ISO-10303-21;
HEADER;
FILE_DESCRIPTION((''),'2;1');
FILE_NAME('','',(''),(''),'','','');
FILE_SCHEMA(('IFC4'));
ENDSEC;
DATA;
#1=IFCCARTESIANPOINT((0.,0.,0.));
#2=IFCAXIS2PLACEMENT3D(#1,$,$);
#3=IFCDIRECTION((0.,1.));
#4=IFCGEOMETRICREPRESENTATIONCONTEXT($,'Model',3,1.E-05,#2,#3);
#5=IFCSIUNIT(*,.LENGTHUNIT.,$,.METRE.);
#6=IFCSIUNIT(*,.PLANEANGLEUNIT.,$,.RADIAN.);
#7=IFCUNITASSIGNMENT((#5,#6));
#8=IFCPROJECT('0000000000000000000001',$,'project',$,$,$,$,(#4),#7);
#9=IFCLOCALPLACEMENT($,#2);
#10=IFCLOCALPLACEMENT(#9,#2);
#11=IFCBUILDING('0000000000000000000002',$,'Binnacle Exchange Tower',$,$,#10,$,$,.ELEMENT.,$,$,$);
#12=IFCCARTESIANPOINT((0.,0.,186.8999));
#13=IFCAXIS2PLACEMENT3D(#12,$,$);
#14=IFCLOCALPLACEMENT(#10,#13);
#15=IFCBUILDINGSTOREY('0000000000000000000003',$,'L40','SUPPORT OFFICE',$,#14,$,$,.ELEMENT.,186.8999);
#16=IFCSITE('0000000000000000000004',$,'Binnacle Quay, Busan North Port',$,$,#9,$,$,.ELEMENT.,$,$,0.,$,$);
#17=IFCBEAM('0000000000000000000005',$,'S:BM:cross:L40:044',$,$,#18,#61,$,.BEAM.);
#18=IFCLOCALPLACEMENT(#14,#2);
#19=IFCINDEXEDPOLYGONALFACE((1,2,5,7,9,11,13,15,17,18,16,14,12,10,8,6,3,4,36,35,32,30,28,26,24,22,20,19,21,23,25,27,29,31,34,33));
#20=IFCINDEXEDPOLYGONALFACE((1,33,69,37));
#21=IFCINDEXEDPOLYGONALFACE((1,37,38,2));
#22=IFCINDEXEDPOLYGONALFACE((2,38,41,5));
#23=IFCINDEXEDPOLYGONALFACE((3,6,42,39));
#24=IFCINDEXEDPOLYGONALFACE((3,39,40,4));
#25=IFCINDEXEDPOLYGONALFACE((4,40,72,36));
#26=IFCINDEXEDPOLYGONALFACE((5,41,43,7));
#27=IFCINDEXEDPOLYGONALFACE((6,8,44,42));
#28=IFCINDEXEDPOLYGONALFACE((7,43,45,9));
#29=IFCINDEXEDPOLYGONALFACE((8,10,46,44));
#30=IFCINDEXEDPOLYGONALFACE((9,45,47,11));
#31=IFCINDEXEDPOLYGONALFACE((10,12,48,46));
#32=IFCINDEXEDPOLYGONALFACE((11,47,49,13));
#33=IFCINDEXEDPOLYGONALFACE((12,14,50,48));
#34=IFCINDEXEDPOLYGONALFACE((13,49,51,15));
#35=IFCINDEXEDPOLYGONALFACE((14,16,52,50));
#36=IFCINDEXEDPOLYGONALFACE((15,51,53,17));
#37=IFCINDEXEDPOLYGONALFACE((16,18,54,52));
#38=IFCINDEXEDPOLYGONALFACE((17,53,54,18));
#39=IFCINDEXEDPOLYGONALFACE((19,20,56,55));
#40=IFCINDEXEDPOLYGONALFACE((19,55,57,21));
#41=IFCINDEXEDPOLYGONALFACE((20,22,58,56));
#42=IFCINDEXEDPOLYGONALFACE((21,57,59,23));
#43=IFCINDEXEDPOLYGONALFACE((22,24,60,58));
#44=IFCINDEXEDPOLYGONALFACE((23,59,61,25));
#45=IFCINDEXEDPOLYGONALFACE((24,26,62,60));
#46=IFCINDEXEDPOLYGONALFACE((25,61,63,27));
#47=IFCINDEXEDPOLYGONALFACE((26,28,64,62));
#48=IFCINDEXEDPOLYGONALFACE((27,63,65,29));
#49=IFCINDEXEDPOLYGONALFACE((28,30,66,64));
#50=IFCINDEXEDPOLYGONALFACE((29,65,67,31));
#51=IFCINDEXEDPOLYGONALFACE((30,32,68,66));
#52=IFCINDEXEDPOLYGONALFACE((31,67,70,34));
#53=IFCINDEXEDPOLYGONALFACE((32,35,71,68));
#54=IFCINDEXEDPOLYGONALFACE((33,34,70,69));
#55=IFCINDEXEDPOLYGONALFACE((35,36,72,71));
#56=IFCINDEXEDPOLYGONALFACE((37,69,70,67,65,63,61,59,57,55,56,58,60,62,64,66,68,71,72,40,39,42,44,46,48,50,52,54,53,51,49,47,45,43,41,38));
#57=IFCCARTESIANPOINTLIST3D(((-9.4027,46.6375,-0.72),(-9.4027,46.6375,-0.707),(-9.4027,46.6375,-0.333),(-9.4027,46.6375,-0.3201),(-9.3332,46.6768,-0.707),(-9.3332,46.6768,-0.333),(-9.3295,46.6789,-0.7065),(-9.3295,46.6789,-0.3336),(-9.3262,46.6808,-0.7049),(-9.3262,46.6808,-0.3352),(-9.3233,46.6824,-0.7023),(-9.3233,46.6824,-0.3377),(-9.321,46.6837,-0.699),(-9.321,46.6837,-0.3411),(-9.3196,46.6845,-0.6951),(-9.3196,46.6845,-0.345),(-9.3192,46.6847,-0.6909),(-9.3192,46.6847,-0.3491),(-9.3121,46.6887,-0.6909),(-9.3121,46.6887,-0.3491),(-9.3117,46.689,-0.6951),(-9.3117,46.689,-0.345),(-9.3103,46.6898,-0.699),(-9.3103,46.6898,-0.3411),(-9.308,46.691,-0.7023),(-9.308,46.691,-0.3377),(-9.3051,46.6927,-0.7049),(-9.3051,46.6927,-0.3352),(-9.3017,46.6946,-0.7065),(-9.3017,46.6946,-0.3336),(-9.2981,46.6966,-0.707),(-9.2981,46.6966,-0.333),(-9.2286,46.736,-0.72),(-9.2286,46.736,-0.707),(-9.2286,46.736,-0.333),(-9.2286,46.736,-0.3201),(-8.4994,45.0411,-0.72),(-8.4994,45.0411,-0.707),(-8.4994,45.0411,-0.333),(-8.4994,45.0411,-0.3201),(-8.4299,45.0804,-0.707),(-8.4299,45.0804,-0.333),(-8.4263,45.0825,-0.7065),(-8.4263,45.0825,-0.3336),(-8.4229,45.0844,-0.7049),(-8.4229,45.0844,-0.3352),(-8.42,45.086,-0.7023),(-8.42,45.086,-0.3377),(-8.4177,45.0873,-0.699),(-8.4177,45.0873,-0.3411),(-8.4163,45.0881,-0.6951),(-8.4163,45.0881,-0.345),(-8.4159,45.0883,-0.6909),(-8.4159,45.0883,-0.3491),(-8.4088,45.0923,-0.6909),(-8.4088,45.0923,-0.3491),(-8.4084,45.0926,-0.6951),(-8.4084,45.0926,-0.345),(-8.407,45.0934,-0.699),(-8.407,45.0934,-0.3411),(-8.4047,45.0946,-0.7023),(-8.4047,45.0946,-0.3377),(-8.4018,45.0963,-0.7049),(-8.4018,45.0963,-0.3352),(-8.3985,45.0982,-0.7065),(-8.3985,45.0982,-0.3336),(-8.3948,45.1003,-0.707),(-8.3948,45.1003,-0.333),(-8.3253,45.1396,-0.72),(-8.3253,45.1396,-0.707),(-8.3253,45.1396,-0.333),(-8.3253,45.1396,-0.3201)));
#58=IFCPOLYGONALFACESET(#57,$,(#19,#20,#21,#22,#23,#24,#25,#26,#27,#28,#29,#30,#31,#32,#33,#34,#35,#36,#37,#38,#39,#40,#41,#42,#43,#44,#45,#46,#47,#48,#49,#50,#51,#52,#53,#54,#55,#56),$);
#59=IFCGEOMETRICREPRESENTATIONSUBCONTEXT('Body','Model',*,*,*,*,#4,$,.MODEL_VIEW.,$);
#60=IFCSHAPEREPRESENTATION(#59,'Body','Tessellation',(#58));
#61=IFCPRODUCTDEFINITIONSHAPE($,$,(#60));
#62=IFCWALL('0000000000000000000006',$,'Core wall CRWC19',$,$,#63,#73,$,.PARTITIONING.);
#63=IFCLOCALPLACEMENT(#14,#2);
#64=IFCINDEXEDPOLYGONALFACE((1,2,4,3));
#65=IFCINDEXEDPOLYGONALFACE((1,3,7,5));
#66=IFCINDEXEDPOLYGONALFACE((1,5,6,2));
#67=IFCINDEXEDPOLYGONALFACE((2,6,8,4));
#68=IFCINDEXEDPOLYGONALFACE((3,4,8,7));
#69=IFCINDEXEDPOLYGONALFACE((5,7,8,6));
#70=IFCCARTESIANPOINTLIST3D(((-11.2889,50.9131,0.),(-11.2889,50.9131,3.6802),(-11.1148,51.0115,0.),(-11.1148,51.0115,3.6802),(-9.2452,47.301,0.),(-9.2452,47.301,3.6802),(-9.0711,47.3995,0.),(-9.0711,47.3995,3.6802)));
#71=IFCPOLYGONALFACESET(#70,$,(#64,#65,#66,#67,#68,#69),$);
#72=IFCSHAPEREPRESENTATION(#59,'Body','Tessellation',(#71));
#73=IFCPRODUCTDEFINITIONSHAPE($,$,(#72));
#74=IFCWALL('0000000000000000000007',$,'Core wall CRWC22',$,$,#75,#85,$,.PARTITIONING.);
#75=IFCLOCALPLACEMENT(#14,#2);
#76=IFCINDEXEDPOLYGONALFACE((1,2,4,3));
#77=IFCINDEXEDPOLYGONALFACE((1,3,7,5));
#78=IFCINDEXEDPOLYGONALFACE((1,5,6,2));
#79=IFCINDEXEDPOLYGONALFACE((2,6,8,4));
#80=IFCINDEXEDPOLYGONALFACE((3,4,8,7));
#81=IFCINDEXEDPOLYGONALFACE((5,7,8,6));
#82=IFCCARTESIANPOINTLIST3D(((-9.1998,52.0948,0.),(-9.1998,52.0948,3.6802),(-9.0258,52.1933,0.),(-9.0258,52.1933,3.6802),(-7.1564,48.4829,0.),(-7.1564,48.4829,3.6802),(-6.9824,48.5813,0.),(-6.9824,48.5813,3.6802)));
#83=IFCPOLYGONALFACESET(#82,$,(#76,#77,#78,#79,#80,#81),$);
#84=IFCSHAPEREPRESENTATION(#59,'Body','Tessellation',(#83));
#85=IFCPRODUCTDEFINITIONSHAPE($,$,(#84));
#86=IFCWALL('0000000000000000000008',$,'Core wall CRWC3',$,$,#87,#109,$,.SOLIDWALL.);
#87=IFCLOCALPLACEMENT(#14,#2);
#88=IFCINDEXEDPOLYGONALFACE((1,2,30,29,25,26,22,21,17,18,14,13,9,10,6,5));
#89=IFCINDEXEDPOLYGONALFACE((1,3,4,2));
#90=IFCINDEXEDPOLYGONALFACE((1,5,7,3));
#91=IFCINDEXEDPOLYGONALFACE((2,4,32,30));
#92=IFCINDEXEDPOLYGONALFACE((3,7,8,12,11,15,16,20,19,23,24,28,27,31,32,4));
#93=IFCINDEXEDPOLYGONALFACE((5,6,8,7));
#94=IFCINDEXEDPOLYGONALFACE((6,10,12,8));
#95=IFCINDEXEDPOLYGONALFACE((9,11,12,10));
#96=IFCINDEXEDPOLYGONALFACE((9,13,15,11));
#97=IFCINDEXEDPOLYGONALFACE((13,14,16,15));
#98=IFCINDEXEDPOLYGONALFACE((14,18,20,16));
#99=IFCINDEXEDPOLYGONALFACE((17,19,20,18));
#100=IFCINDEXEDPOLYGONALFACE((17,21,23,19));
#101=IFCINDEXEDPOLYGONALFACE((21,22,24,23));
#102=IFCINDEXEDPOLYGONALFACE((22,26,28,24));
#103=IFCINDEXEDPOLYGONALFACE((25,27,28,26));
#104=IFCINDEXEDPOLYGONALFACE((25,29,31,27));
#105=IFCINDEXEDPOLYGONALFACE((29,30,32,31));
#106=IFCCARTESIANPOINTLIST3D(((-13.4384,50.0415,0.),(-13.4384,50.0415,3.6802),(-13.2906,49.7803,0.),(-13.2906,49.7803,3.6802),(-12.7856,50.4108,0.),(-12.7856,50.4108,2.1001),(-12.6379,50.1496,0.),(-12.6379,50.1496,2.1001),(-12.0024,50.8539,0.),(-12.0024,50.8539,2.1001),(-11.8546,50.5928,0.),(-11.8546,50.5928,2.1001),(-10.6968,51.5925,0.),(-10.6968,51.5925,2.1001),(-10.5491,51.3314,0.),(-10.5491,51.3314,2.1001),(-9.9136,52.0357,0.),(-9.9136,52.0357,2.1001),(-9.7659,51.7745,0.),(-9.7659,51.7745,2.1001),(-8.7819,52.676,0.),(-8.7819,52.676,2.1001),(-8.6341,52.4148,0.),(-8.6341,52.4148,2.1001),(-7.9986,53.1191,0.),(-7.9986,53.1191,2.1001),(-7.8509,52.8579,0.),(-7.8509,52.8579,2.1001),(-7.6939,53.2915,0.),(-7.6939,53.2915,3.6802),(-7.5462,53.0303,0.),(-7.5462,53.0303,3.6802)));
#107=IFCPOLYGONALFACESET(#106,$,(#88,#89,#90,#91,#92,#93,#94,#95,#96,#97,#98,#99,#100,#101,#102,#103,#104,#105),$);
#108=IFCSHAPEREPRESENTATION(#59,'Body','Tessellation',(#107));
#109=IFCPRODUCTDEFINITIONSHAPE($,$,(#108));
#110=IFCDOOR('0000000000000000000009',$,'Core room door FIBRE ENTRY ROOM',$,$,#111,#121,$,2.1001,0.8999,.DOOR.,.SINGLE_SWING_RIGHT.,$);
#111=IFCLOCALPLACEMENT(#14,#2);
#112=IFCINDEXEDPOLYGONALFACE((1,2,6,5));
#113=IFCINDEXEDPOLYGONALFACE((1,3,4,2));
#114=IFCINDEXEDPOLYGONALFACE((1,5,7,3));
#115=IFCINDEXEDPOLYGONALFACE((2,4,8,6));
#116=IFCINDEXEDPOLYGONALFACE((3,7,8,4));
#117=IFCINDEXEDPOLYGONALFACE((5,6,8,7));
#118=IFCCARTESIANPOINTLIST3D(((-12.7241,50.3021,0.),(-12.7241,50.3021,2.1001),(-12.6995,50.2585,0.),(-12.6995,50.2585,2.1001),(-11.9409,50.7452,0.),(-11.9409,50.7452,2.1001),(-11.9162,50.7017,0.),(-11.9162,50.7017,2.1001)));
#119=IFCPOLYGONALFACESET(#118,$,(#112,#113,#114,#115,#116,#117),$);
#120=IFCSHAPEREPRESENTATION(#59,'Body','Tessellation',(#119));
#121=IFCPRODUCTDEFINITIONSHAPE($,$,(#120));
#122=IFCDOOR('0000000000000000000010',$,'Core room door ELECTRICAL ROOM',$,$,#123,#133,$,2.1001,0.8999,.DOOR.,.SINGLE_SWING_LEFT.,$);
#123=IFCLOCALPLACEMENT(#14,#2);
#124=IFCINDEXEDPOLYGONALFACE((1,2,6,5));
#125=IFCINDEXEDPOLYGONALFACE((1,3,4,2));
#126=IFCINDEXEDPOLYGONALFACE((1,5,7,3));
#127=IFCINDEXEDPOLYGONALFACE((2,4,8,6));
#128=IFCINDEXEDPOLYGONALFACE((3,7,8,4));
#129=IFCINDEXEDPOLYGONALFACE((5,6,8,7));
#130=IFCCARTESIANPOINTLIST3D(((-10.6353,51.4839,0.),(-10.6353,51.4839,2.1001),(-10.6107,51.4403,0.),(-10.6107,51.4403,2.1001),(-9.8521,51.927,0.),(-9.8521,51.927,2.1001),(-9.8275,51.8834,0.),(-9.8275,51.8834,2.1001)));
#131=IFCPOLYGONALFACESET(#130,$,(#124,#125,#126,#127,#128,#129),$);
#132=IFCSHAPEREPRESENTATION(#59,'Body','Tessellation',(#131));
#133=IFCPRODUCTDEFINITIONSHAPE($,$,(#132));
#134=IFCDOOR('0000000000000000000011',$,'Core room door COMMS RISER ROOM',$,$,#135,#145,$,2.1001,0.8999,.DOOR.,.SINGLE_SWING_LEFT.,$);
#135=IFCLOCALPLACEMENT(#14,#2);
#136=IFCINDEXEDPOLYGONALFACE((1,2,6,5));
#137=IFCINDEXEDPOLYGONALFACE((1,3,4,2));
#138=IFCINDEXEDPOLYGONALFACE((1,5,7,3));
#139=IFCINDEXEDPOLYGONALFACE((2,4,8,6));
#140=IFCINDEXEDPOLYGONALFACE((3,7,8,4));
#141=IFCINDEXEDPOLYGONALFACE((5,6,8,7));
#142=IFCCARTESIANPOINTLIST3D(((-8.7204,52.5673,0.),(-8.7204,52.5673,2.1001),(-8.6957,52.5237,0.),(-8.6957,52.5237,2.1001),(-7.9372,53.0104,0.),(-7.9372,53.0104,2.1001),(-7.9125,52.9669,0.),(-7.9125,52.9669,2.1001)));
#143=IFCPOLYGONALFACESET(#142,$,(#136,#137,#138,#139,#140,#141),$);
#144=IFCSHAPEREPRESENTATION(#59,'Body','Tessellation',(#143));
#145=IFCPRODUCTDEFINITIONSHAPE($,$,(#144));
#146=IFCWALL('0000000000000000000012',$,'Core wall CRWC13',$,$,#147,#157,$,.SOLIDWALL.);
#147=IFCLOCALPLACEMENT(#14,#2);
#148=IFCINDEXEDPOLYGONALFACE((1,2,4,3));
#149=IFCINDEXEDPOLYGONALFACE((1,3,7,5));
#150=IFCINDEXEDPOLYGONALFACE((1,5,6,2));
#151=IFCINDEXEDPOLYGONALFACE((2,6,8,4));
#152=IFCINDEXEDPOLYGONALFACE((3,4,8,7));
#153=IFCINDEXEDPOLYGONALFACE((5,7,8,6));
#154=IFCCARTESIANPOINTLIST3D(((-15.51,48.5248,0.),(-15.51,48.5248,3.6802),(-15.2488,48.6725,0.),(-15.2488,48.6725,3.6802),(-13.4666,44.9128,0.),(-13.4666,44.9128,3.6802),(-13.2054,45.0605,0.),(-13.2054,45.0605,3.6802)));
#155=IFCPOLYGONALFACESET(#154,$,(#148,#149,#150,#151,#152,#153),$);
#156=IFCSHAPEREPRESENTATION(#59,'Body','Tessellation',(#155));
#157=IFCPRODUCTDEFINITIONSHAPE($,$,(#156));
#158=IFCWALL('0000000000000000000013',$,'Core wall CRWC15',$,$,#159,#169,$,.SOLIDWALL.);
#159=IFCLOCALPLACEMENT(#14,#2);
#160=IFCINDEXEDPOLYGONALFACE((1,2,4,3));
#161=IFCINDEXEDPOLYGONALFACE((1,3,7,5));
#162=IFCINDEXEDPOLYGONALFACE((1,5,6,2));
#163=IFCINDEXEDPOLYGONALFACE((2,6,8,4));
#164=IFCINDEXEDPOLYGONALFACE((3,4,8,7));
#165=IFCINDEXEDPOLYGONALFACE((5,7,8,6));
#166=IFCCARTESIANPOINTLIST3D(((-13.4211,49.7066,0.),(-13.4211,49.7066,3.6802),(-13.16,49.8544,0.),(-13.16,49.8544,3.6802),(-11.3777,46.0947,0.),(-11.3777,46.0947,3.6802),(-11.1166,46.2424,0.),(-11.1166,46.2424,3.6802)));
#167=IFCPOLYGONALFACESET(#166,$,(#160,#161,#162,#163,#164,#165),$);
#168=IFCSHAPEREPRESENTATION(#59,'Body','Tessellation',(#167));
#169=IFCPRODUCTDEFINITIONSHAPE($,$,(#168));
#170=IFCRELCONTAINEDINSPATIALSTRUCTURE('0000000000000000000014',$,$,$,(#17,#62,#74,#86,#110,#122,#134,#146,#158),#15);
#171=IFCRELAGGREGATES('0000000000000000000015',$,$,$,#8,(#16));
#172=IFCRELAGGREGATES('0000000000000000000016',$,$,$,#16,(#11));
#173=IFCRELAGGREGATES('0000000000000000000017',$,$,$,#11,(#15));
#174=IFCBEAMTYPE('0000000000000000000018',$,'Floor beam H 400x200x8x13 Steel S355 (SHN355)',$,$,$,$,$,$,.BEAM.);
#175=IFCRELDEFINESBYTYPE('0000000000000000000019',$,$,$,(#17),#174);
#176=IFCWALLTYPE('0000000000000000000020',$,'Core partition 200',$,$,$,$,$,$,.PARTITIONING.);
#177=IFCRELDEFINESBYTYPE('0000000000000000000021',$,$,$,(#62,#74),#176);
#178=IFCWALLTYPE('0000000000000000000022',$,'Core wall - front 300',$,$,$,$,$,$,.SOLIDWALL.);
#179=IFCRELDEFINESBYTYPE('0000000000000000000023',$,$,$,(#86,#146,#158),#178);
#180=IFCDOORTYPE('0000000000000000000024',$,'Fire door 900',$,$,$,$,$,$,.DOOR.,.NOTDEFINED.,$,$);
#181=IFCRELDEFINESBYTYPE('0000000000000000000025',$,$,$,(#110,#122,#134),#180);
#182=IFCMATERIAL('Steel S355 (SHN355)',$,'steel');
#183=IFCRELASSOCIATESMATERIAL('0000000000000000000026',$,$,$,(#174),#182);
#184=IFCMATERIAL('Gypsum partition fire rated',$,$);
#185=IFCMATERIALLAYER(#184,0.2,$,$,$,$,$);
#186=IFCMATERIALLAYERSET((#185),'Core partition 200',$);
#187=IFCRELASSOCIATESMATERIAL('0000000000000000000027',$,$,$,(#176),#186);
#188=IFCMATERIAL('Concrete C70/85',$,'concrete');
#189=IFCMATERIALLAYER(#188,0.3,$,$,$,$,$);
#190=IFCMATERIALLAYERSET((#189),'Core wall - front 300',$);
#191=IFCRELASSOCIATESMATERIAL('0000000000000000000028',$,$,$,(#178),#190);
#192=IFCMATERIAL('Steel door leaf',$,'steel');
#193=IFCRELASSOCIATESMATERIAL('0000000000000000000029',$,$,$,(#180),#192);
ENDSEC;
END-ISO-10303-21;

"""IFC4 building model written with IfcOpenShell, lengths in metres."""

from ifc_helpers import new_model, si_unit, direction, frame, frame_2d, origin, origin_2d, place, context, subcontext, project, spatial, rectangle, i_section, extrude, material, layer, layer_set, material_profile, profile_set, type_object, element, fill, save


model = new_model("IFC4")

# Units and contexts
model_context = context("Model", 3, precision=1e-05, world=origin(), true_north=direction((0.0, 1.0)))
body_context = subcontext(model_context, "Body", "Model", "MODEL_VIEW")
ifc_project = project(units=[si_unit("LENGTHUNIT", "METRE"), si_unit("PLANEANGLEUNIT", "RADIAN")], contexts=[model_context])

# Site, building, storey
site_placement = place(None, origin())
site = spatial("IfcSite", under=ifc_project, at=site_placement, Name="Binnacle Quay, Busan North Port", CompositionType="ELEMENT", RefElevation=0.0)
building_placement = place(site_placement, origin())
building = spatial("IfcBuilding", under=site, at=building_placement, Name="Binnacle Exchange Tower", CompositionType="ELEMENT")
storey_placement = place(building_placement, frame((0.0, 0.0, 186.8999)))
storey = spatial("IfcBuildingStorey", under=building, at=storey_placement, Name="L40", Description="SUPPORT OFFICE", CompositionType="ELEMENT", Elevation=186.8999)

# Beam
ifc_material_1 = material(Name="Steel S355 (SHN355)", Category="steel")
ifc_material_profile = material_profile(ifc_material_1, i_section(OverallWidth=0.2, OverallDepth=0.3999, WebThickness=0.0081, FlangeThickness=0.0129, FilletRadius=0.0161, at=origin_2d()), Name="H 400x200x8x13")
ifc_profile_set = profile_set([ifc_material_profile], Name="Steel S355 (SHN355)")
beam_type = type_object("IfcBeamType", Name="Floor beam H 400x200x8x13 Steel S355 (SHN355)", PredefinedType="BEAM", material=ifc_profile_set)
beam_placement = place(storey_placement, frame((-8.4124, 45.0903, -0.52), z_axis=(-0.492465, 0.870332, 0.0), x_axis=(-0.870332, -0.492465, 0.0)))
element("IfcBeam", 1, at=beam_placement, inside=storey, type_object=beam_type, Name="S:BM:cross:L40:044", PredefinedType="BEAM", context=body_context, shape_type="SweptSolid", body=[
    extrude(i_section(OverallWidth=0.2, OverallDepth=0.3999, WebThickness=0.0081, FlangeThickness=0.0129, FilletRadius=0.0161, at=origin_2d()), origin(), (0.0, 0.0, 1.0), 1.8342),
])

# Walls
ifc_material_2 = material(Name="Gypsum partition fire rated")
ifc_layer_1 = layer(ifc_material_2, 0.2)
ifc_layer_set_1 = layer_set([ifc_layer_1], Name="Core partition 200")
wall_type_1 = type_object("IfcWallType", Name="Core partition 200", PredefinedType="PARTITIONING", material=ifc_layer_set_1)
wall_1_placement = place(storey_placement, frame((-11.2019, 50.9624, 0.0), z_axis=(0.0, 0.0, 1.0), x_axis=(0.492441, -0.870346, 0.0)))
element("IfcWall", 2, at=wall_1_placement, inside=storey, type_object=wall_type_1, Name="Core wall CRWC19", PredefinedType="PARTITIONING", context=body_context, shape_type="SweptSolid", body=[
    extrude(rectangle(XDim=4.1501, YDim=0.2, at=frame_2d((2.0752, 0.0))), origin(), (0.0, 0.0, 1.0), 3.6802),
])
wall_2_placement = place(storey_placement, frame((-9.1128, 52.144, 0.0), z_axis=(0.0, 0.0, 1.0), x_axis=(0.492396, -0.870371, 0.0)))
element("IfcWall", 3, at=wall_2_placement, inside=storey, type_object=wall_type_1, Name="Core wall CRWC22", PredefinedType="PARTITIONING", context=body_context, shape_type="SweptSolid", body=[
    extrude(rectangle(XDim=4.1499, YDim=0.2, at=frame_2d((2.075, 0.0))), origin(), (0.0, 0.0, 1.0), 3.6802),
])

# Wall, openings, doors
ifc_material_3 = material(Name="Concrete C70/85", Category="concrete")
ifc_layer_2 = layer(ifc_material_3, 0.3)
ifc_layer_set_2 = layer_set([ifc_layer_2], Name="Core wall - front 300")
wall_type_2 = type_object("IfcWallType", Name="Core wall - front 300", PredefinedType="SOLIDWALL", material=ifc_layer_set_2)
wall_3_placement = place(storey_placement, frame((-13.3645, 49.9109, 0.0), z_axis=(0.0, 0.0, 1.0), x_axis=(0.870357, 0.492422, 0.0)))
wall_3 = element("IfcWall", 4, at=wall_3_placement, inside=storey, type_object=wall_type_2, Name="Core wall CRWC3", PredefinedType="SOLIDWALL", context=body_context, shape_type="SweptSolid", body=[
    extrude(rectangle(XDim=6.6001, YDim=0.3, at=frame_2d((3.3, 0.0))), origin(), (0.0, 0.0, 1.0), 3.6802),
])
opening_1_placement = place(wall_3_placement, frame((0.75, 0.0, 0.0)))
opening_1 = element("IfcOpeningElement", 5, at=opening_1_placement, cuts=wall_3, PredefinedType="OPENING", context=body_context, shape_type="SweptSolid", body=[
    extrude(rectangle(XDim=0.8999, YDim=2.1001, at=frame_2d((0.45, 1.05))), frame((0.0, 0.1599, 0.0), z_axis=(0.0, -1.0, 0.0), x_axis=(1.0, 0.0, 0.0)), (0.0, 0.0, 1.0), 0.3201),
])
opening_2_placement = place(wall_3_placement, frame((3.1499, 0.0, 0.0)))
opening_2 = element("IfcOpeningElement", 6, at=opening_2_placement, cuts=wall_3, PredefinedType="OPENING", context=body_context, shape_type="SweptSolid", body=[
    extrude(rectangle(XDim=0.8999, YDim=2.1001, at=frame_2d((0.45, 1.05))), frame((0.0, 0.1599, 0.0), z_axis=(0.0, -1.0, 0.0), x_axis=(1.0, 0.0, 0.0)), (0.0, 0.0, 1.0), 0.3201),
])
opening_3_placement = place(wall_3_placement, frame((5.3501, 0.0, 0.0)))
opening_3 = element("IfcOpeningElement", 7, at=opening_3_placement, cuts=wall_3, PredefinedType="OPENING", context=body_context, shape_type="SweptSolid", body=[
    extrude(rectangle(XDim=0.8999, YDim=2.1001, at=frame_2d((0.45, 1.05))), frame((0.0, 0.1599, 0.0), z_axis=(0.0, -1.0, 0.0), x_axis=(1.0, 0.0, 0.0)), (0.0, 0.0, 1.0), 0.3201),
])
ifc_material_4 = material(Name="Steel door leaf", Category="steel")
door_type = type_object("IfcDoorType", Name="Fire door 900", OperationType="NOTDEFINED", PredefinedType="DOOR", material=ifc_material_4)
door_1_placement = place(opening_1_placement, frame((0.8999, 0.0, 0.0), z_axis=(0.0, 0.0, 1.0), x_axis=(-1.0, 0.0, 0.0)))
door_1 = element("IfcDoor", 8, at=door_1_placement, inside=storey, type_object=door_type, Name="Core room door FIBRE ENTRY ROOM", OperationType="SINGLE_SWING_RIGHT", OverallHeight=2.1001, OverallWidth=0.8999, PredefinedType="DOOR", context=body_context, shape_type="SweptSolid", body=[
    extrude(rectangle(XDim=0.8999, YDim=2.1001, at=frame_2d((0.45, 1.05))), frame((0.0, 0.0249, 0.0), z_axis=(0.0, -1.0, 0.0), x_axis=(1.0, 0.0, 0.0)), (0.0, 0.0, 1.0), 0.05),
])
fill(opening_1, door_1)
door_2_placement = place(opening_2_placement, frame((0.8999, 0.0, 0.0), z_axis=(0.0, 0.0, 1.0), x_axis=(-1.0, 0.0, 0.0)))
door_2 = element("IfcDoor", 9, at=door_2_placement, inside=storey, type_object=door_type, Name="Core room door ELECTRICAL ROOM", OperationType="SINGLE_SWING_LEFT", OverallHeight=2.1001, OverallWidth=0.8999, PredefinedType="DOOR", context=body_context, shape_type="SweptSolid", body=[
    extrude(rectangle(XDim=0.8999, YDim=2.1001, at=frame_2d((0.45, 1.05))), frame((0.0, 0.0249, 0.0), z_axis=(0.0, -1.0, 0.0), x_axis=(1.0, 0.0, 0.0)), (0.0, 0.0, 1.0), 0.05),
])
fill(opening_2, door_2)
door_3_placement = place(opening_3_placement, frame((0.8999, 0.0, 0.0), z_axis=(0.0, 0.0, 1.0), x_axis=(-1.0, 0.0, 0.0)))
door_3 = element("IfcDoor", 10, at=door_3_placement, inside=storey, type_object=door_type, Name="Core room door COMMS RISER ROOM", OperationType="SINGLE_SWING_LEFT", OverallHeight=2.1001, OverallWidth=0.8999, PredefinedType="DOOR", context=body_context, shape_type="SweptSolid", body=[
    extrude(rectangle(XDim=0.8999, YDim=2.1001, at=frame_2d((0.45, 1.05))), frame((0.0, 0.0249, 0.0), z_axis=(0.0, -1.0, 0.0), x_axis=(1.0, 0.0, 0.0)), (0.0, 0.0, 1.0), 0.05),
])
fill(opening_3, door_3)

# Walls
for number, where, z_axis, x_axis, name in (
    (11, (-15.3794, 48.5986, 0.0), (0.0, 0.0, 1.0), (0.492396, -0.870371, 0.0), "Core wall CRWC13"),
    (12, (-13.2905, 49.7805, 0.0), (0.0, 0.0, 1.0), (0.492396, -0.870371, 0.0), "Core wall CRWC15"),
):
    element("IfcWall", number, at=place(storey_placement, frame(where, z_axis=z_axis, x_axis=x_axis)), inside=storey, type_object=wall_type_2, Name=name, PredefinedType="SOLIDWALL", context=body_context, shape_type="SweptSolid", body=[
        extrude(rectangle(XDim=4.1499, YDim=0.3, at=frame_2d((2.075, 0.0))), origin(), (0.0, 0.0, 1.0), 3.6802),
    ])

save(model, "model.ifc")
